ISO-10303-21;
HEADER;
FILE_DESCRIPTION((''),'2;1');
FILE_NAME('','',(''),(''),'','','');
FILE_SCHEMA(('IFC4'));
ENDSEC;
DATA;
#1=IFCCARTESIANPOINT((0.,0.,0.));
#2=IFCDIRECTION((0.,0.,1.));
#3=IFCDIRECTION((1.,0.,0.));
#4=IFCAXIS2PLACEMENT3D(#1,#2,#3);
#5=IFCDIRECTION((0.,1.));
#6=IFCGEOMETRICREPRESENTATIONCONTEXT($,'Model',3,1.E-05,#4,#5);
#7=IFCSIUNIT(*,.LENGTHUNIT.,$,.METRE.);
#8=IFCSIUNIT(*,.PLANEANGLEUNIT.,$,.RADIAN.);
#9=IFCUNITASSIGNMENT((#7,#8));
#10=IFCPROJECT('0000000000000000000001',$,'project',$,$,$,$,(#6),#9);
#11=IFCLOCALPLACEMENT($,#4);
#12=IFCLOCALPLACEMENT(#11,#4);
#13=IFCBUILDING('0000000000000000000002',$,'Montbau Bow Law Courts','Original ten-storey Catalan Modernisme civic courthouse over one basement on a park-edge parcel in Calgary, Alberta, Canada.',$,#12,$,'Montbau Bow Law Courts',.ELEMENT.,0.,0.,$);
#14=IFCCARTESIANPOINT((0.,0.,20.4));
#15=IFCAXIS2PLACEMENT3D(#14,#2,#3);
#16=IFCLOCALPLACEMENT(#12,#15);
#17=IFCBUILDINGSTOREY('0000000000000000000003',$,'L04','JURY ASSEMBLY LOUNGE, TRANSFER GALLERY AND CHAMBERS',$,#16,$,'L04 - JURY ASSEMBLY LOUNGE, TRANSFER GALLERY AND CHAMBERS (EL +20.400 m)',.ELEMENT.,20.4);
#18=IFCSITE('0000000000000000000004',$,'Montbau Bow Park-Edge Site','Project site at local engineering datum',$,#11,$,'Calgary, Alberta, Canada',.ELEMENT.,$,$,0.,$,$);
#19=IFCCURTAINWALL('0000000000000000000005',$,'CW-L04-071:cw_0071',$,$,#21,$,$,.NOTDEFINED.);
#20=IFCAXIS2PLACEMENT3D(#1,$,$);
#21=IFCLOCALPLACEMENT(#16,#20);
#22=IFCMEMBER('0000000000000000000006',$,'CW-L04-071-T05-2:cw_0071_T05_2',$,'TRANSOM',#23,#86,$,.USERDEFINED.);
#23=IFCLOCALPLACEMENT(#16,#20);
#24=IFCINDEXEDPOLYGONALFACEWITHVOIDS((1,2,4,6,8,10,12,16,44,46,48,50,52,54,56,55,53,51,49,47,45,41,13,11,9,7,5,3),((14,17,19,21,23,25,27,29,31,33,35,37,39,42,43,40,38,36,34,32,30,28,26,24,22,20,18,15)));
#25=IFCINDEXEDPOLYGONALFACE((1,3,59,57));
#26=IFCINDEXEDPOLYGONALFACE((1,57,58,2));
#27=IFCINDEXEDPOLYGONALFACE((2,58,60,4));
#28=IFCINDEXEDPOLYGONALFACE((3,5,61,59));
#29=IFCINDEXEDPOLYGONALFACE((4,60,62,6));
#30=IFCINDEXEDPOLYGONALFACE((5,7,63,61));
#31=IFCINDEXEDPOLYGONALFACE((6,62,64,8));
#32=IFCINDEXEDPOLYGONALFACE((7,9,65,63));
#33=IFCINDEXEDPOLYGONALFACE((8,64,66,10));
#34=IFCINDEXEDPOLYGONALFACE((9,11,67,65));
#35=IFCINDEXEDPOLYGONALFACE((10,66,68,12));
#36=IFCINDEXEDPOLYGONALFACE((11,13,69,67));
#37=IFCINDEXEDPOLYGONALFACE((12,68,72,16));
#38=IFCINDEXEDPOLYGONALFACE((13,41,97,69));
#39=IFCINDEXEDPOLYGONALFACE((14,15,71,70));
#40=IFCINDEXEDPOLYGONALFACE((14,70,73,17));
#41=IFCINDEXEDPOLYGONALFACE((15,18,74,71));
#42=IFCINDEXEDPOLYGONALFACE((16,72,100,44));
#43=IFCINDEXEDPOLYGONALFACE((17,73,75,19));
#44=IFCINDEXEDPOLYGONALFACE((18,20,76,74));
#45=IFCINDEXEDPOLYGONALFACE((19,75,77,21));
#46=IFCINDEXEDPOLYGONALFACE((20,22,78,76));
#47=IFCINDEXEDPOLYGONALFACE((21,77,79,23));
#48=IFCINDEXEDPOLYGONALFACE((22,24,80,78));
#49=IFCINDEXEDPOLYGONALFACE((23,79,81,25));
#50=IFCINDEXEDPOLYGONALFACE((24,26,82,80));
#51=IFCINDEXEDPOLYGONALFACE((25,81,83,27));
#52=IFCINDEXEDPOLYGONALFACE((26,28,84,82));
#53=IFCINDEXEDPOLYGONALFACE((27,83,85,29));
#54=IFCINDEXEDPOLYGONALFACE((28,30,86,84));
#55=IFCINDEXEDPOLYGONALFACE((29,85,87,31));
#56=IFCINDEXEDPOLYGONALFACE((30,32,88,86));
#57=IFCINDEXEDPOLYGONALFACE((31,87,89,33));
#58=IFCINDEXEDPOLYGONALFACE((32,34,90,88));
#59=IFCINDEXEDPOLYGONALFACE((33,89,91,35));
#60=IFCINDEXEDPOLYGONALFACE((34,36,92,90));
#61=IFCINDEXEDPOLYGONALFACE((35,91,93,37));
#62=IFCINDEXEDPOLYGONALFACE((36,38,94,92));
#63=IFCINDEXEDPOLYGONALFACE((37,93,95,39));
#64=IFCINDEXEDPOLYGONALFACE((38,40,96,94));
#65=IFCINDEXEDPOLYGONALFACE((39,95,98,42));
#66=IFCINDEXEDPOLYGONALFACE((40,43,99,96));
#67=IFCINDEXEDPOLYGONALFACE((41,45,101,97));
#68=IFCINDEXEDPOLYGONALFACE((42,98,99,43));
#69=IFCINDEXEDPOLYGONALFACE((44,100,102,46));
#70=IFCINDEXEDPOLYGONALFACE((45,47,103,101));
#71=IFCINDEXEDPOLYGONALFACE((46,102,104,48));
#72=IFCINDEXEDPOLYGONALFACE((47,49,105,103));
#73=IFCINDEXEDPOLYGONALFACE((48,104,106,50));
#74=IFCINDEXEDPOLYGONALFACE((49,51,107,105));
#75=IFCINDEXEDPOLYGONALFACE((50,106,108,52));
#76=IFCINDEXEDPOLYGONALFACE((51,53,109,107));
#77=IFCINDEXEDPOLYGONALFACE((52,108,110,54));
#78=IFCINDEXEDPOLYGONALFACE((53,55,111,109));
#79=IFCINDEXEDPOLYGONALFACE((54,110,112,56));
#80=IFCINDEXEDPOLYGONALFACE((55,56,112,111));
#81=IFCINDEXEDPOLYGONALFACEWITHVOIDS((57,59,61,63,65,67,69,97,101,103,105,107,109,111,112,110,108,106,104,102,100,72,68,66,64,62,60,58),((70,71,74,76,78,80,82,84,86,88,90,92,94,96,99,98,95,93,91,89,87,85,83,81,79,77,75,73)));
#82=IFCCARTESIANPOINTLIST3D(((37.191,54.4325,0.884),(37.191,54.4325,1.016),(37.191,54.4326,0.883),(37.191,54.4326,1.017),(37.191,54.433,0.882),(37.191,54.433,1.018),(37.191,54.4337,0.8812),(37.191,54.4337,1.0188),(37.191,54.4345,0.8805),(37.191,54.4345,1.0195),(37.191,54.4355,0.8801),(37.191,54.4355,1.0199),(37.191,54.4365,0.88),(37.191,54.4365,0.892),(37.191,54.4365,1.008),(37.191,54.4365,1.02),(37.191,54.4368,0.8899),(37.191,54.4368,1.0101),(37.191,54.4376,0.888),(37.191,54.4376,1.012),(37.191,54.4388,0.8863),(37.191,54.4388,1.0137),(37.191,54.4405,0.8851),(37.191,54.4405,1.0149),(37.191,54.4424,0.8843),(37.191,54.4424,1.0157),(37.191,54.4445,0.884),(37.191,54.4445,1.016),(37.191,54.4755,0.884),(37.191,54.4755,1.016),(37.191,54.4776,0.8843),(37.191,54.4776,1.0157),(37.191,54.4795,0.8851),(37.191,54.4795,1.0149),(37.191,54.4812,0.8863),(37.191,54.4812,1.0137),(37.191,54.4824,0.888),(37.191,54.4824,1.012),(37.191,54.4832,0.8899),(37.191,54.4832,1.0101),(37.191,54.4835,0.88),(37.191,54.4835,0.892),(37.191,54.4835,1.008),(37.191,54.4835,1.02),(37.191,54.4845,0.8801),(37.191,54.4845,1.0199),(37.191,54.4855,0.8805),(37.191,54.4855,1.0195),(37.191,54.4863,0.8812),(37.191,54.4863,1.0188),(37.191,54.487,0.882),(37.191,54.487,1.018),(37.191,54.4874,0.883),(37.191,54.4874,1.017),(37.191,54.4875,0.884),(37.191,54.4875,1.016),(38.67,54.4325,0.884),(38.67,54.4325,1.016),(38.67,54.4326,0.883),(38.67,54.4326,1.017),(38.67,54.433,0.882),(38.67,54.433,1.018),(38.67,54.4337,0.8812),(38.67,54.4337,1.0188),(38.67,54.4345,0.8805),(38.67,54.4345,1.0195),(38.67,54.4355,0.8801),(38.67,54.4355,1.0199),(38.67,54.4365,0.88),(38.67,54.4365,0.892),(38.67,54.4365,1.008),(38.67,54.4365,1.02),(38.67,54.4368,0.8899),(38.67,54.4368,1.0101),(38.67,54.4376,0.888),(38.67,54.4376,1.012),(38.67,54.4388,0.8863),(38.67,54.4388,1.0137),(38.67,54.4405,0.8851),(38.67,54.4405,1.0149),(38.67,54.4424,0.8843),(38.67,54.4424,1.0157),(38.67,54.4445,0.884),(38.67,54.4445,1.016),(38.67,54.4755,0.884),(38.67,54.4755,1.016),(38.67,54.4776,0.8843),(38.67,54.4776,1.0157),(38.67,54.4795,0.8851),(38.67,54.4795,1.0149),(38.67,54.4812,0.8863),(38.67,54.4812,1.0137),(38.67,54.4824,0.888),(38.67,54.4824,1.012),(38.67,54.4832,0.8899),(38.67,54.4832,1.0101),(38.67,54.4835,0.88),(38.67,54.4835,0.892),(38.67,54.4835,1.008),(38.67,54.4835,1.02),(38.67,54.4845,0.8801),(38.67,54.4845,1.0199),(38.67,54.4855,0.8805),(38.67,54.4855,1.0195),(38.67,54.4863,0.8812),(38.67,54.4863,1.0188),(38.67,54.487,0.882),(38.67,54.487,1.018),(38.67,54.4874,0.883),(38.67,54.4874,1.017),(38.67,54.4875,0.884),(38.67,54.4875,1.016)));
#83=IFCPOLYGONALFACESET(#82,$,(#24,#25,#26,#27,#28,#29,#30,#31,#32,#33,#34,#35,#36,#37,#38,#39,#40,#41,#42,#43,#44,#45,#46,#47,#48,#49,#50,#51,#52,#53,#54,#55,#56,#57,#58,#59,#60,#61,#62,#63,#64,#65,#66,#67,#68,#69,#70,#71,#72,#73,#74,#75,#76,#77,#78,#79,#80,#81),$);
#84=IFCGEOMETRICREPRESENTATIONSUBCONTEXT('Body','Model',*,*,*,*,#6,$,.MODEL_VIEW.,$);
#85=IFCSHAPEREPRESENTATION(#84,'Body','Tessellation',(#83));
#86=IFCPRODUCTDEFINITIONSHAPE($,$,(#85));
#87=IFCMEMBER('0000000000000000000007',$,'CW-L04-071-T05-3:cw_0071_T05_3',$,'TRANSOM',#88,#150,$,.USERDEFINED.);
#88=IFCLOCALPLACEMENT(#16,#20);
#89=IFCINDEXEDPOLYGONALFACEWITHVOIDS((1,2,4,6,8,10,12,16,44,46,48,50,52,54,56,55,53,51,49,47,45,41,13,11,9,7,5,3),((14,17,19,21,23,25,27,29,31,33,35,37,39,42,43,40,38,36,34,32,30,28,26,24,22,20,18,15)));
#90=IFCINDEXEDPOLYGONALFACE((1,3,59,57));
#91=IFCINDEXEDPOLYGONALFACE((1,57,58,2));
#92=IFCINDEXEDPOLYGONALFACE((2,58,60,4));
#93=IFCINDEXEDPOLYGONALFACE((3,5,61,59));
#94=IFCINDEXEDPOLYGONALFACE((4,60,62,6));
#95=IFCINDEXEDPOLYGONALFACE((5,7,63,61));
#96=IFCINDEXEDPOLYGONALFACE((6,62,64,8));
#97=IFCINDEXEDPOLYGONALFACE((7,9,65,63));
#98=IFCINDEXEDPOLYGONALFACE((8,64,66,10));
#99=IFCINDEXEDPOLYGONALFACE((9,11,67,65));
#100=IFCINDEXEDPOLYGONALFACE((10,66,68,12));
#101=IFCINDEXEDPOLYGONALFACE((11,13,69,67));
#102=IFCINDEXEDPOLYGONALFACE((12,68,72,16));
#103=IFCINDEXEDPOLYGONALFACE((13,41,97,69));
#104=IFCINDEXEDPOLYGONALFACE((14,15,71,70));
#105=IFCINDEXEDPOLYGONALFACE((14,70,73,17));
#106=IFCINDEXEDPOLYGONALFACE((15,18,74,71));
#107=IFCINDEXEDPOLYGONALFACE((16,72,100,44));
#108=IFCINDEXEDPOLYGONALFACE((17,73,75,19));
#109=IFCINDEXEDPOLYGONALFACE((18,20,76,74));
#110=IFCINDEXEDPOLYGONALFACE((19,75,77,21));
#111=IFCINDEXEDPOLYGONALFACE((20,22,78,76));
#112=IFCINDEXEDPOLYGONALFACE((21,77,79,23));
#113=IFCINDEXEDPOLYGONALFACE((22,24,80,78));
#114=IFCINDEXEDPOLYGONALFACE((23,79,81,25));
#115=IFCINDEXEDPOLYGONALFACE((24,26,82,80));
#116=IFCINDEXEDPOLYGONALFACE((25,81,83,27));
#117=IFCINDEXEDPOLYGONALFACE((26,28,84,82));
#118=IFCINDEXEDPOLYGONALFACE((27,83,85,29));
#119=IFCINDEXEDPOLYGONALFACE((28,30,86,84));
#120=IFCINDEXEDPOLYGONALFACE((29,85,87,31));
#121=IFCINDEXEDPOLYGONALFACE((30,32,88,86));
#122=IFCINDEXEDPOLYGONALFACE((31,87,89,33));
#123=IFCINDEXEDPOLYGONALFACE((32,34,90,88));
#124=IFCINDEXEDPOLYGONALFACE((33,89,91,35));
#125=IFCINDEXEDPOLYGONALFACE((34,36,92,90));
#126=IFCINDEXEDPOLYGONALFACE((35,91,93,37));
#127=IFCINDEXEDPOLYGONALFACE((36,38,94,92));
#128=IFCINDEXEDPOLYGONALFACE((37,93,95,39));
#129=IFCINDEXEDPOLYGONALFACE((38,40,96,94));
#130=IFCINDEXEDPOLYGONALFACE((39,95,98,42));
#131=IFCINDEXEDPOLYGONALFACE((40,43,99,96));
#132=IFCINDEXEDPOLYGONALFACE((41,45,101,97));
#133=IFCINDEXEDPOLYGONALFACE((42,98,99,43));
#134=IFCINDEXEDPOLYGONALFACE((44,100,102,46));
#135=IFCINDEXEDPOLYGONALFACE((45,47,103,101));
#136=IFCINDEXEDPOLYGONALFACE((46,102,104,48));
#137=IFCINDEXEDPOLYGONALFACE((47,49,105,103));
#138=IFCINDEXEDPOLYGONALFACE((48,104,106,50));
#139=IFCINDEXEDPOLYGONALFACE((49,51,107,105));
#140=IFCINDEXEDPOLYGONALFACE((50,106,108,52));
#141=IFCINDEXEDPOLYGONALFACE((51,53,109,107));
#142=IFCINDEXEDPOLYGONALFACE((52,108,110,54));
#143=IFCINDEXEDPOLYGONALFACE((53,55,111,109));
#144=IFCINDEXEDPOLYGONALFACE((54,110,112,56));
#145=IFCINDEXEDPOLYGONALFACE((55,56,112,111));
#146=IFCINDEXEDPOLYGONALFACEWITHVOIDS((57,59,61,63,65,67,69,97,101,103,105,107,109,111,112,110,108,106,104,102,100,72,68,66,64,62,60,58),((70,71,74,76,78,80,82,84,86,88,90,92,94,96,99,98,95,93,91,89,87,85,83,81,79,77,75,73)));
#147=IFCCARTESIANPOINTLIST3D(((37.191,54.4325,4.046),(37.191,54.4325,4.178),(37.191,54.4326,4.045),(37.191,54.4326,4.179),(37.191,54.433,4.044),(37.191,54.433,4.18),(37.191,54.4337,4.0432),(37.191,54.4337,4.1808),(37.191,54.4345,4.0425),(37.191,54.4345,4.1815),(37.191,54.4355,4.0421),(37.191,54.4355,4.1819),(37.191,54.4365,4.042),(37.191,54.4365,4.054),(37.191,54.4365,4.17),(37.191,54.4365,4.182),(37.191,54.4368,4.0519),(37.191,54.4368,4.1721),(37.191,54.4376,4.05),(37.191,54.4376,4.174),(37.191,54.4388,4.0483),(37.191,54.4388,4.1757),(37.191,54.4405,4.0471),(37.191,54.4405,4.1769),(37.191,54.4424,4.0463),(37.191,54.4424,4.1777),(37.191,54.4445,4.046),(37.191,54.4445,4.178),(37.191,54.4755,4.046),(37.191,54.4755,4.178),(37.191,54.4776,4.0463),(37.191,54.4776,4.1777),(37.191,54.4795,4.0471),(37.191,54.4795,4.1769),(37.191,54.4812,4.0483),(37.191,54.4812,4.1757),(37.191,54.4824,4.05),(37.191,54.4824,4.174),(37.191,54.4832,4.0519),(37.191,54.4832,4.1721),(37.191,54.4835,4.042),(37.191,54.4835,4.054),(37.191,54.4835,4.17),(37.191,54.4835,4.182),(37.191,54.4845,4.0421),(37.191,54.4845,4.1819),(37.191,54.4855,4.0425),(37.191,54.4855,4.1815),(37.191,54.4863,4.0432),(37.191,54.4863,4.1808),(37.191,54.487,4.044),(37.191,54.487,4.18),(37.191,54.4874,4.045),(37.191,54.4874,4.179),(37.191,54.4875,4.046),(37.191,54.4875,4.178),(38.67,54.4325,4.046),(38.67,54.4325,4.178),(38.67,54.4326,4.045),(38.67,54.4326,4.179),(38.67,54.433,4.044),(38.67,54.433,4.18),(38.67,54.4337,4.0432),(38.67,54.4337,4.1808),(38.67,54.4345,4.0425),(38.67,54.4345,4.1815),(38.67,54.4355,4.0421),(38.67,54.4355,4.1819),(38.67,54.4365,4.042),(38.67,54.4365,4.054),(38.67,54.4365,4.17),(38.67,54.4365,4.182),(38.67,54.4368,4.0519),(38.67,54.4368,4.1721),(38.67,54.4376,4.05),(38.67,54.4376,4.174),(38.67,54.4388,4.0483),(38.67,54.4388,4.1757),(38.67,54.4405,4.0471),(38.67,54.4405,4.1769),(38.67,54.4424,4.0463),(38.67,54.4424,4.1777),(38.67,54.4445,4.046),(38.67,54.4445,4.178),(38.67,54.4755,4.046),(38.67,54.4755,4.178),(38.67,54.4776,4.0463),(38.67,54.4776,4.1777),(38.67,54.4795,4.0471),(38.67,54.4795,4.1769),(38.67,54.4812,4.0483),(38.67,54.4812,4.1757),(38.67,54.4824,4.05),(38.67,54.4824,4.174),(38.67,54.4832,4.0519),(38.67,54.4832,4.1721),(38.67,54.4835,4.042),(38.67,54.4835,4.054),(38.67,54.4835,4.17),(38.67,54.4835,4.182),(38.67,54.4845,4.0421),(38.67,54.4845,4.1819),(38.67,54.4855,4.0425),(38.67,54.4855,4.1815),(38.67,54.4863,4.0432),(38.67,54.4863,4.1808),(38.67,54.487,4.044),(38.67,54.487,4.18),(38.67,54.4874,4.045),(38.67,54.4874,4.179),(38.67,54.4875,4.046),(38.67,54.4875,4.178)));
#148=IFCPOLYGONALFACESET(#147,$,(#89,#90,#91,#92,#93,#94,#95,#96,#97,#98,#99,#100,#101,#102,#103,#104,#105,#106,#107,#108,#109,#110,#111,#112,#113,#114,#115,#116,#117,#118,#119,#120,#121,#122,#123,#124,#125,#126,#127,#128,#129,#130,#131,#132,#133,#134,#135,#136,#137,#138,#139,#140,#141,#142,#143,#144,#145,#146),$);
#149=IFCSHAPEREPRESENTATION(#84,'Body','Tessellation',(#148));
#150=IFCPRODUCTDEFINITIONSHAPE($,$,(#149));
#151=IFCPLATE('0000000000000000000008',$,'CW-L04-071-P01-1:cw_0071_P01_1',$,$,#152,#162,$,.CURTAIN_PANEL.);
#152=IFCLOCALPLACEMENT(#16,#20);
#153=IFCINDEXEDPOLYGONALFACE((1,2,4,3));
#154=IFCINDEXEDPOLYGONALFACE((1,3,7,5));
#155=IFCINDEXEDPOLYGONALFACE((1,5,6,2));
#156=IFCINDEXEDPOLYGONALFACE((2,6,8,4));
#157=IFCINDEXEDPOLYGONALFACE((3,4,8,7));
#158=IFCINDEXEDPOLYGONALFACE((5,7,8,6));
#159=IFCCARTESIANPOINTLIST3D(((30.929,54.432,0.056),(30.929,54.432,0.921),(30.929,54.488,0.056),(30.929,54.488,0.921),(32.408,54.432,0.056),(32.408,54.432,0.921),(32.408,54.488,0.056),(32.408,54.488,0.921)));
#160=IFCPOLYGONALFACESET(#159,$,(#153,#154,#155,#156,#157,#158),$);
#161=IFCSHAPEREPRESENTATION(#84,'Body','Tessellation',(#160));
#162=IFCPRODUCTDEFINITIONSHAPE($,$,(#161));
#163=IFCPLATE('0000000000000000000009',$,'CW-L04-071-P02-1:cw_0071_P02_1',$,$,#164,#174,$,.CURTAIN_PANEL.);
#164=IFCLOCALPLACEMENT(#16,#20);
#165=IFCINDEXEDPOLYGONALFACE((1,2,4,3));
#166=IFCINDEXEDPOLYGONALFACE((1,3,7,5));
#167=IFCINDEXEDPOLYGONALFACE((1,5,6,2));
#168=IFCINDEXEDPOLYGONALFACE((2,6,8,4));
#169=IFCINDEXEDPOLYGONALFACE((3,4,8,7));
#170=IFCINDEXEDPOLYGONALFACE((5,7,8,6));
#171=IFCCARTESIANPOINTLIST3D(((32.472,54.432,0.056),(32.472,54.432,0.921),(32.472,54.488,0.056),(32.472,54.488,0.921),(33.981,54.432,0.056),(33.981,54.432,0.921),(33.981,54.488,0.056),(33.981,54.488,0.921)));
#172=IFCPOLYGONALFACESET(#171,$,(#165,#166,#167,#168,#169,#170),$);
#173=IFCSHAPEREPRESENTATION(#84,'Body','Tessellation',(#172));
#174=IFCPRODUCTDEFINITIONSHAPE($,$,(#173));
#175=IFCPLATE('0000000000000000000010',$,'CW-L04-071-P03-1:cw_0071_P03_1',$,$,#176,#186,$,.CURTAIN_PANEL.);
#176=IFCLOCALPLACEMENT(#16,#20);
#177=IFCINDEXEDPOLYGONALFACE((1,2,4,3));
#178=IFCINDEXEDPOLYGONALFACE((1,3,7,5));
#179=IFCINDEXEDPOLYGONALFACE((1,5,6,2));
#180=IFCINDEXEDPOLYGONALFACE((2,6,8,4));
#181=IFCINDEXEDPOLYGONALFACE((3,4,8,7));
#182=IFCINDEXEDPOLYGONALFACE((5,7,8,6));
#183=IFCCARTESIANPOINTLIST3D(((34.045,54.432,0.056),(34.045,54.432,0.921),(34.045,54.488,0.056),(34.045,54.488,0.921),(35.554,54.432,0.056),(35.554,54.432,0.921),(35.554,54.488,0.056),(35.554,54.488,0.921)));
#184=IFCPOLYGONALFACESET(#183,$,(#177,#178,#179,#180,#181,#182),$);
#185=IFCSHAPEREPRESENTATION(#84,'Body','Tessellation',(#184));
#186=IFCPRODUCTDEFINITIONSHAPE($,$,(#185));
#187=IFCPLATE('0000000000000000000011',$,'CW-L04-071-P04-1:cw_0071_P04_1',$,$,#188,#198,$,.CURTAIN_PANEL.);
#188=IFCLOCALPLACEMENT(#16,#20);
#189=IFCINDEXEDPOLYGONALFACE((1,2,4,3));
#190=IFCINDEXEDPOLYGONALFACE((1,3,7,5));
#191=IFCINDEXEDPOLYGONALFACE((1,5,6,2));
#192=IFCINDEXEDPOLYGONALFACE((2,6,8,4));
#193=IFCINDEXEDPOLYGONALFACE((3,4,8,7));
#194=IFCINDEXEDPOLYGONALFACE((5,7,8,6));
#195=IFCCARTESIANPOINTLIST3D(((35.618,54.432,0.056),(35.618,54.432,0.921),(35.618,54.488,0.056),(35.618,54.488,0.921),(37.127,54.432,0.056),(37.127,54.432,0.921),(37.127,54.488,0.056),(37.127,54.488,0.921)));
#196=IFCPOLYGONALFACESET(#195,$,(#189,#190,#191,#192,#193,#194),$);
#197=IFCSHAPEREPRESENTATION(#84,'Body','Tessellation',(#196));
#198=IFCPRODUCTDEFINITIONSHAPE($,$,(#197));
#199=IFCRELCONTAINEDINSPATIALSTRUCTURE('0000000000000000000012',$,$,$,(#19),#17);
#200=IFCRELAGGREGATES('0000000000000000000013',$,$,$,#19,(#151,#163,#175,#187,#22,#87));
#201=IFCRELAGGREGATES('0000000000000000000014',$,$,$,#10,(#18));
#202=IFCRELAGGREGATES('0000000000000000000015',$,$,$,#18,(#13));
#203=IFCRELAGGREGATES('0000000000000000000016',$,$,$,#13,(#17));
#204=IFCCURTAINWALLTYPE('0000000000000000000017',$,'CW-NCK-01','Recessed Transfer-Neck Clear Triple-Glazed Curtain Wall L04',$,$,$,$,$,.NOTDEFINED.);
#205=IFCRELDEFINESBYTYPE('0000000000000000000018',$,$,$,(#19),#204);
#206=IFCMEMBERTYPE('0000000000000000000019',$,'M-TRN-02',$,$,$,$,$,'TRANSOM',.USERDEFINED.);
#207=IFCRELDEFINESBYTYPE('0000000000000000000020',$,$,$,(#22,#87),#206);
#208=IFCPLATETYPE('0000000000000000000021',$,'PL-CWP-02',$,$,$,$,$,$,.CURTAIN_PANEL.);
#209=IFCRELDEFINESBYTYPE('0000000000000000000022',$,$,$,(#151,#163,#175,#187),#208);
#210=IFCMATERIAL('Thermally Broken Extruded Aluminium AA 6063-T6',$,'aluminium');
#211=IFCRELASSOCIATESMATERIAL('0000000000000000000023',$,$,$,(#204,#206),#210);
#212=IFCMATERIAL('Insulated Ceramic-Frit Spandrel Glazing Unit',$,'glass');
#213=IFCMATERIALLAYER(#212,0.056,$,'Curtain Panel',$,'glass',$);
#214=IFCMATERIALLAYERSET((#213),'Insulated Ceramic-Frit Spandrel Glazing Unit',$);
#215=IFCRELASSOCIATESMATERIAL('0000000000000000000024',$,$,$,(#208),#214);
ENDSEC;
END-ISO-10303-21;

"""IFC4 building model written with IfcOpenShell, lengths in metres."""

from ifc_helpers import new_model, si_unit, direction, frame, frame_2d, origin_with_axes, origin_2d_with_axis, place, context, subcontext, project, spatial, rectangle, hollow_rectangle, extrude, material, layer, layer_set, material_profile, profile_set, type_object, element, aggregate, save


model = new_model("IFC4")

# Units and contexts
model_context = context("Model", 3, precision=1e-05, world=origin_with_axes(), true_north=direction((0.0, 1.0)))
body_context = subcontext(model_context, "Body", "Model", "MODEL_VIEW")
ifc_project = project(units=[si_unit("LENGTHUNIT", "METRE"), si_unit("PLANEANGLEUNIT", "RADIAN")], contexts=[model_context])

# Site, building, storey
site_placement = place(None, origin_with_axes())
site = spatial("IfcSite", under=ifc_project, at=site_placement, Name="Montbau Bow Park-Edge Site", Description="Project site at local engineering datum", LongName="Calgary, Alberta, Canada", CompositionType="ELEMENT", RefElevation=0.0)
building_placement = place(site_placement, origin_with_axes())
building = spatial("IfcBuilding", under=site, at=building_placement, Name="Montbau Bow Law Courts", Description="Original ten-storey Catalan Modernisme civic courthouse over one basement on a park-edge parcel in Calgary, Alberta, Canada.", LongName="Montbau Bow Law Courts", CompositionType="ELEMENT", ElevationOfRefHeight=0.0, ElevationOfTerrain=0.0)
storey_placement = place(building_placement, frame((0.0, 0.0, 20.4), z_axis=(0.0, 0.0, 1.0), x_axis=(1.0, 0.0, 0.0)))
storey = spatial("IfcBuildingStorey", under=building, at=storey_placement, Name="L04", Description="JURY ASSEMBLY LOUNGE, TRANSFER GALLERY AND CHAMBERS", LongName="L04 - JURY ASSEMBLY LOUNGE, TRANSFER GALLERY AND CHAMBERS (EL +20.400 m)", CompositionType="ELEMENT", Elevation=20.4)

# Curtain wall, members, plates
ifc_material_1 = material(Name="Thermally Broken Extruded Aluminium AA 6063-T6", Category="aluminium")
curtain_wall_type = type_object("IfcCurtainWallType", Name="CW-NCK-01", Description="Recessed Transfer-Neck Clear Triple-Glazed Curtain Wall L04", PredefinedType="NOTDEFINED", material=ifc_material_1)
curtain_wall_placement = place(None, frame((30.867, 54.46, 20.4), z_axis=(0.0, 0.0, 1.0), x_axis=(1.0, 0.0, 0.0)))
curtain_wall = element("IfcCurtainWall", 1, at=curtain_wall_placement, inside=storey, type_object=curtain_wall_type, Name="CW-L04-071:cw_0071", PredefinedType="NOTDEFINED")
ifc_material_profile_1 = material_profile(ifc_material_1, hollow_rectangle(XDim=0.055, YDim=0.14, WallThickness=0.004, InnerFilletRadius=0.008, OuterFilletRadius=0.004, at=origin_2d_with_axis()), Name="CWT-140X55", Category="Main", Priority=0)
ifc_profile_set_1 = profile_set([ifc_material_profile_1], Name="Thermally Broken Extruded Aluminium AA 6063-T6")
member_type_1 = type_object("IfcMemberType", Name="M-TRN-02", ElementType="TRANSOM", PredefinedType="USERDEFINED", material=ifc_profile_set_1)
member_1_placement = place(None, frame((37.191, 54.46, 21.35), z_axis=(1.0, 0.0, 0.0), x_axis=(0.0, 1.0, 0.0)))
member_1 = element("IfcMember", 2, at=member_1_placement, type_object=member_type_1, Name="CW-L04-071-T05-2:cw_0071_T05_2", ObjectType="TRANSOM", PredefinedType="USERDEFINED", context=body_context, shape_type="SweptSolid", body=[
    extrude(hollow_rectangle(XDim=0.055, YDim=0.14, WallThickness=0.004, InnerFilletRadius=0.008, OuterFilletRadius=0.004, at=origin_2d_with_axis()), origin_with_axes(), (0.0, 0.0, 1.0), 1.479),
])
member_2_placement = place(None, frame((37.191, 54.46, 24.512), z_axis=(1.0, 0.0, 0.0), x_axis=(0.0, 1.0, 0.0)))
member_2 = element("IfcMember", 3, at=member_2_placement, type_object=member_type_1, Name="CW-L04-071-T05-3:cw_0071_T05_3", ObjectType="TRANSOM", PredefinedType="USERDEFINED", context=body_context, shape_type="SweptSolid", body=[
    extrude(hollow_rectangle(XDim=0.055, YDim=0.14, WallThickness=0.004, InnerFilletRadius=0.008, OuterFilletRadius=0.004, at=origin_2d_with_axis()), origin_with_axes(), (0.0, 0.0, 1.0), 1.479),
])
ifc_material_2 = material(Name="Insulated Ceramic-Frit Spandrel Glazing Unit", Category="glass")
ifc_layer_1 = layer(ifc_material_2, 0.056, Name="Curtain Panel", Category="glass")
ifc_layer_set_1 = layer_set([ifc_layer_1], Name="Insulated Ceramic-Frit Spandrel Glazing Unit")
plate_type_1 = type_object("IfcPlateType", Name="PL-CWP-02", PredefinedType="CURTAIN_PANEL", material=ifc_layer_set_1)
plate_1_placement = place(None, frame((30.929, 54.46, 20.456), z_axis=(0.0, -1.0, 0.0), x_axis=(1.0, 0.0, 0.0)))
plate_1 = element("IfcPlate", 4, at=plate_1_placement, type_object=plate_type_1, Name="CW-L04-071-P01-1:cw_0071_P01_1", PredefinedType="CURTAIN_PANEL", context=body_context, shape_type="SweptSolid", body=[
    extrude(rectangle(XDim=1.479, YDim=0.865, at=frame_2d((0.7395, 0.4325), x_axis=(1.0, 0.0))), frame((0.0, 0.0, -0.028), z_axis=(0.0, 0.0, 1.0), x_axis=(1.0, 0.0, 0.0)), (0.0, 0.0, 1.0), 0.056),
])
plate_2_placement = place(None, frame((32.472, 54.46, 20.456), z_axis=(0.0, -1.0, 0.0), x_axis=(1.0, 0.0, 0.0)))
plate_2 = element("IfcPlate", 5, at=plate_2_placement, type_object=plate_type_1, Name="CW-L04-071-P02-1:cw_0071_P02_1", PredefinedType="CURTAIN_PANEL", context=body_context, shape_type="SweptSolid", body=[
    extrude(rectangle(XDim=1.509, YDim=0.865, at=frame_2d((0.7545, 0.4325), x_axis=(1.0, 0.0))), frame((0.0, 0.0, -0.028), z_axis=(0.0, 0.0, 1.0), x_axis=(1.0, 0.0, 0.0)), (0.0, 0.0, 1.0), 0.056),
])
plate_3_placement = place(None, frame((34.045, 54.46, 20.456), z_axis=(0.0, -1.0, 0.0), x_axis=(1.0, 0.0, 0.0)))
plate_3 = element("IfcPlate", 6, at=plate_3_placement, type_object=plate_type_1, Name="CW-L04-071-P03-1:cw_0071_P03_1", PredefinedType="CURTAIN_PANEL", context=body_context, shape_type="SweptSolid", body=[
    extrude(rectangle(XDim=1.509, YDim=0.865, at=frame_2d((0.7545, 0.4325), x_axis=(1.0, 0.0))), frame((0.0, 0.0, -0.028), z_axis=(0.0, 0.0, 1.0), x_axis=(1.0, 0.0, 0.0)), (0.0, 0.0, 1.0), 0.056),
])
plate_4_placement = place(None, frame((35.618, 54.46, 20.456), z_axis=(0.0, -1.0, 0.0), x_axis=(1.0, 0.0, 0.0)))
plate_4 = element("IfcPlate", 7, at=plate_4_placement, type_object=plate_type_1, Name="CW-L04-071-P04-1:cw_0071_P04_1", PredefinedType="CURTAIN_PANEL", context=body_context, shape_type="SweptSolid", body=[
    extrude(rectangle(XDim=1.509, YDim=0.865, at=frame_2d((0.7545, 0.4325), x_axis=(1.0, 0.0))), frame((0.0, 0.0, -0.028), z_axis=(0.0, 0.0, 1.0), x_axis=(1.0, 0.0, 0.0)), (0.0, 0.0, 1.0), 0.056),
])
aggregate(curtain_wall, [plate_1, plate_2, plate_3, plate_4, member_1, member_2])

save(model, "model.ifc")
